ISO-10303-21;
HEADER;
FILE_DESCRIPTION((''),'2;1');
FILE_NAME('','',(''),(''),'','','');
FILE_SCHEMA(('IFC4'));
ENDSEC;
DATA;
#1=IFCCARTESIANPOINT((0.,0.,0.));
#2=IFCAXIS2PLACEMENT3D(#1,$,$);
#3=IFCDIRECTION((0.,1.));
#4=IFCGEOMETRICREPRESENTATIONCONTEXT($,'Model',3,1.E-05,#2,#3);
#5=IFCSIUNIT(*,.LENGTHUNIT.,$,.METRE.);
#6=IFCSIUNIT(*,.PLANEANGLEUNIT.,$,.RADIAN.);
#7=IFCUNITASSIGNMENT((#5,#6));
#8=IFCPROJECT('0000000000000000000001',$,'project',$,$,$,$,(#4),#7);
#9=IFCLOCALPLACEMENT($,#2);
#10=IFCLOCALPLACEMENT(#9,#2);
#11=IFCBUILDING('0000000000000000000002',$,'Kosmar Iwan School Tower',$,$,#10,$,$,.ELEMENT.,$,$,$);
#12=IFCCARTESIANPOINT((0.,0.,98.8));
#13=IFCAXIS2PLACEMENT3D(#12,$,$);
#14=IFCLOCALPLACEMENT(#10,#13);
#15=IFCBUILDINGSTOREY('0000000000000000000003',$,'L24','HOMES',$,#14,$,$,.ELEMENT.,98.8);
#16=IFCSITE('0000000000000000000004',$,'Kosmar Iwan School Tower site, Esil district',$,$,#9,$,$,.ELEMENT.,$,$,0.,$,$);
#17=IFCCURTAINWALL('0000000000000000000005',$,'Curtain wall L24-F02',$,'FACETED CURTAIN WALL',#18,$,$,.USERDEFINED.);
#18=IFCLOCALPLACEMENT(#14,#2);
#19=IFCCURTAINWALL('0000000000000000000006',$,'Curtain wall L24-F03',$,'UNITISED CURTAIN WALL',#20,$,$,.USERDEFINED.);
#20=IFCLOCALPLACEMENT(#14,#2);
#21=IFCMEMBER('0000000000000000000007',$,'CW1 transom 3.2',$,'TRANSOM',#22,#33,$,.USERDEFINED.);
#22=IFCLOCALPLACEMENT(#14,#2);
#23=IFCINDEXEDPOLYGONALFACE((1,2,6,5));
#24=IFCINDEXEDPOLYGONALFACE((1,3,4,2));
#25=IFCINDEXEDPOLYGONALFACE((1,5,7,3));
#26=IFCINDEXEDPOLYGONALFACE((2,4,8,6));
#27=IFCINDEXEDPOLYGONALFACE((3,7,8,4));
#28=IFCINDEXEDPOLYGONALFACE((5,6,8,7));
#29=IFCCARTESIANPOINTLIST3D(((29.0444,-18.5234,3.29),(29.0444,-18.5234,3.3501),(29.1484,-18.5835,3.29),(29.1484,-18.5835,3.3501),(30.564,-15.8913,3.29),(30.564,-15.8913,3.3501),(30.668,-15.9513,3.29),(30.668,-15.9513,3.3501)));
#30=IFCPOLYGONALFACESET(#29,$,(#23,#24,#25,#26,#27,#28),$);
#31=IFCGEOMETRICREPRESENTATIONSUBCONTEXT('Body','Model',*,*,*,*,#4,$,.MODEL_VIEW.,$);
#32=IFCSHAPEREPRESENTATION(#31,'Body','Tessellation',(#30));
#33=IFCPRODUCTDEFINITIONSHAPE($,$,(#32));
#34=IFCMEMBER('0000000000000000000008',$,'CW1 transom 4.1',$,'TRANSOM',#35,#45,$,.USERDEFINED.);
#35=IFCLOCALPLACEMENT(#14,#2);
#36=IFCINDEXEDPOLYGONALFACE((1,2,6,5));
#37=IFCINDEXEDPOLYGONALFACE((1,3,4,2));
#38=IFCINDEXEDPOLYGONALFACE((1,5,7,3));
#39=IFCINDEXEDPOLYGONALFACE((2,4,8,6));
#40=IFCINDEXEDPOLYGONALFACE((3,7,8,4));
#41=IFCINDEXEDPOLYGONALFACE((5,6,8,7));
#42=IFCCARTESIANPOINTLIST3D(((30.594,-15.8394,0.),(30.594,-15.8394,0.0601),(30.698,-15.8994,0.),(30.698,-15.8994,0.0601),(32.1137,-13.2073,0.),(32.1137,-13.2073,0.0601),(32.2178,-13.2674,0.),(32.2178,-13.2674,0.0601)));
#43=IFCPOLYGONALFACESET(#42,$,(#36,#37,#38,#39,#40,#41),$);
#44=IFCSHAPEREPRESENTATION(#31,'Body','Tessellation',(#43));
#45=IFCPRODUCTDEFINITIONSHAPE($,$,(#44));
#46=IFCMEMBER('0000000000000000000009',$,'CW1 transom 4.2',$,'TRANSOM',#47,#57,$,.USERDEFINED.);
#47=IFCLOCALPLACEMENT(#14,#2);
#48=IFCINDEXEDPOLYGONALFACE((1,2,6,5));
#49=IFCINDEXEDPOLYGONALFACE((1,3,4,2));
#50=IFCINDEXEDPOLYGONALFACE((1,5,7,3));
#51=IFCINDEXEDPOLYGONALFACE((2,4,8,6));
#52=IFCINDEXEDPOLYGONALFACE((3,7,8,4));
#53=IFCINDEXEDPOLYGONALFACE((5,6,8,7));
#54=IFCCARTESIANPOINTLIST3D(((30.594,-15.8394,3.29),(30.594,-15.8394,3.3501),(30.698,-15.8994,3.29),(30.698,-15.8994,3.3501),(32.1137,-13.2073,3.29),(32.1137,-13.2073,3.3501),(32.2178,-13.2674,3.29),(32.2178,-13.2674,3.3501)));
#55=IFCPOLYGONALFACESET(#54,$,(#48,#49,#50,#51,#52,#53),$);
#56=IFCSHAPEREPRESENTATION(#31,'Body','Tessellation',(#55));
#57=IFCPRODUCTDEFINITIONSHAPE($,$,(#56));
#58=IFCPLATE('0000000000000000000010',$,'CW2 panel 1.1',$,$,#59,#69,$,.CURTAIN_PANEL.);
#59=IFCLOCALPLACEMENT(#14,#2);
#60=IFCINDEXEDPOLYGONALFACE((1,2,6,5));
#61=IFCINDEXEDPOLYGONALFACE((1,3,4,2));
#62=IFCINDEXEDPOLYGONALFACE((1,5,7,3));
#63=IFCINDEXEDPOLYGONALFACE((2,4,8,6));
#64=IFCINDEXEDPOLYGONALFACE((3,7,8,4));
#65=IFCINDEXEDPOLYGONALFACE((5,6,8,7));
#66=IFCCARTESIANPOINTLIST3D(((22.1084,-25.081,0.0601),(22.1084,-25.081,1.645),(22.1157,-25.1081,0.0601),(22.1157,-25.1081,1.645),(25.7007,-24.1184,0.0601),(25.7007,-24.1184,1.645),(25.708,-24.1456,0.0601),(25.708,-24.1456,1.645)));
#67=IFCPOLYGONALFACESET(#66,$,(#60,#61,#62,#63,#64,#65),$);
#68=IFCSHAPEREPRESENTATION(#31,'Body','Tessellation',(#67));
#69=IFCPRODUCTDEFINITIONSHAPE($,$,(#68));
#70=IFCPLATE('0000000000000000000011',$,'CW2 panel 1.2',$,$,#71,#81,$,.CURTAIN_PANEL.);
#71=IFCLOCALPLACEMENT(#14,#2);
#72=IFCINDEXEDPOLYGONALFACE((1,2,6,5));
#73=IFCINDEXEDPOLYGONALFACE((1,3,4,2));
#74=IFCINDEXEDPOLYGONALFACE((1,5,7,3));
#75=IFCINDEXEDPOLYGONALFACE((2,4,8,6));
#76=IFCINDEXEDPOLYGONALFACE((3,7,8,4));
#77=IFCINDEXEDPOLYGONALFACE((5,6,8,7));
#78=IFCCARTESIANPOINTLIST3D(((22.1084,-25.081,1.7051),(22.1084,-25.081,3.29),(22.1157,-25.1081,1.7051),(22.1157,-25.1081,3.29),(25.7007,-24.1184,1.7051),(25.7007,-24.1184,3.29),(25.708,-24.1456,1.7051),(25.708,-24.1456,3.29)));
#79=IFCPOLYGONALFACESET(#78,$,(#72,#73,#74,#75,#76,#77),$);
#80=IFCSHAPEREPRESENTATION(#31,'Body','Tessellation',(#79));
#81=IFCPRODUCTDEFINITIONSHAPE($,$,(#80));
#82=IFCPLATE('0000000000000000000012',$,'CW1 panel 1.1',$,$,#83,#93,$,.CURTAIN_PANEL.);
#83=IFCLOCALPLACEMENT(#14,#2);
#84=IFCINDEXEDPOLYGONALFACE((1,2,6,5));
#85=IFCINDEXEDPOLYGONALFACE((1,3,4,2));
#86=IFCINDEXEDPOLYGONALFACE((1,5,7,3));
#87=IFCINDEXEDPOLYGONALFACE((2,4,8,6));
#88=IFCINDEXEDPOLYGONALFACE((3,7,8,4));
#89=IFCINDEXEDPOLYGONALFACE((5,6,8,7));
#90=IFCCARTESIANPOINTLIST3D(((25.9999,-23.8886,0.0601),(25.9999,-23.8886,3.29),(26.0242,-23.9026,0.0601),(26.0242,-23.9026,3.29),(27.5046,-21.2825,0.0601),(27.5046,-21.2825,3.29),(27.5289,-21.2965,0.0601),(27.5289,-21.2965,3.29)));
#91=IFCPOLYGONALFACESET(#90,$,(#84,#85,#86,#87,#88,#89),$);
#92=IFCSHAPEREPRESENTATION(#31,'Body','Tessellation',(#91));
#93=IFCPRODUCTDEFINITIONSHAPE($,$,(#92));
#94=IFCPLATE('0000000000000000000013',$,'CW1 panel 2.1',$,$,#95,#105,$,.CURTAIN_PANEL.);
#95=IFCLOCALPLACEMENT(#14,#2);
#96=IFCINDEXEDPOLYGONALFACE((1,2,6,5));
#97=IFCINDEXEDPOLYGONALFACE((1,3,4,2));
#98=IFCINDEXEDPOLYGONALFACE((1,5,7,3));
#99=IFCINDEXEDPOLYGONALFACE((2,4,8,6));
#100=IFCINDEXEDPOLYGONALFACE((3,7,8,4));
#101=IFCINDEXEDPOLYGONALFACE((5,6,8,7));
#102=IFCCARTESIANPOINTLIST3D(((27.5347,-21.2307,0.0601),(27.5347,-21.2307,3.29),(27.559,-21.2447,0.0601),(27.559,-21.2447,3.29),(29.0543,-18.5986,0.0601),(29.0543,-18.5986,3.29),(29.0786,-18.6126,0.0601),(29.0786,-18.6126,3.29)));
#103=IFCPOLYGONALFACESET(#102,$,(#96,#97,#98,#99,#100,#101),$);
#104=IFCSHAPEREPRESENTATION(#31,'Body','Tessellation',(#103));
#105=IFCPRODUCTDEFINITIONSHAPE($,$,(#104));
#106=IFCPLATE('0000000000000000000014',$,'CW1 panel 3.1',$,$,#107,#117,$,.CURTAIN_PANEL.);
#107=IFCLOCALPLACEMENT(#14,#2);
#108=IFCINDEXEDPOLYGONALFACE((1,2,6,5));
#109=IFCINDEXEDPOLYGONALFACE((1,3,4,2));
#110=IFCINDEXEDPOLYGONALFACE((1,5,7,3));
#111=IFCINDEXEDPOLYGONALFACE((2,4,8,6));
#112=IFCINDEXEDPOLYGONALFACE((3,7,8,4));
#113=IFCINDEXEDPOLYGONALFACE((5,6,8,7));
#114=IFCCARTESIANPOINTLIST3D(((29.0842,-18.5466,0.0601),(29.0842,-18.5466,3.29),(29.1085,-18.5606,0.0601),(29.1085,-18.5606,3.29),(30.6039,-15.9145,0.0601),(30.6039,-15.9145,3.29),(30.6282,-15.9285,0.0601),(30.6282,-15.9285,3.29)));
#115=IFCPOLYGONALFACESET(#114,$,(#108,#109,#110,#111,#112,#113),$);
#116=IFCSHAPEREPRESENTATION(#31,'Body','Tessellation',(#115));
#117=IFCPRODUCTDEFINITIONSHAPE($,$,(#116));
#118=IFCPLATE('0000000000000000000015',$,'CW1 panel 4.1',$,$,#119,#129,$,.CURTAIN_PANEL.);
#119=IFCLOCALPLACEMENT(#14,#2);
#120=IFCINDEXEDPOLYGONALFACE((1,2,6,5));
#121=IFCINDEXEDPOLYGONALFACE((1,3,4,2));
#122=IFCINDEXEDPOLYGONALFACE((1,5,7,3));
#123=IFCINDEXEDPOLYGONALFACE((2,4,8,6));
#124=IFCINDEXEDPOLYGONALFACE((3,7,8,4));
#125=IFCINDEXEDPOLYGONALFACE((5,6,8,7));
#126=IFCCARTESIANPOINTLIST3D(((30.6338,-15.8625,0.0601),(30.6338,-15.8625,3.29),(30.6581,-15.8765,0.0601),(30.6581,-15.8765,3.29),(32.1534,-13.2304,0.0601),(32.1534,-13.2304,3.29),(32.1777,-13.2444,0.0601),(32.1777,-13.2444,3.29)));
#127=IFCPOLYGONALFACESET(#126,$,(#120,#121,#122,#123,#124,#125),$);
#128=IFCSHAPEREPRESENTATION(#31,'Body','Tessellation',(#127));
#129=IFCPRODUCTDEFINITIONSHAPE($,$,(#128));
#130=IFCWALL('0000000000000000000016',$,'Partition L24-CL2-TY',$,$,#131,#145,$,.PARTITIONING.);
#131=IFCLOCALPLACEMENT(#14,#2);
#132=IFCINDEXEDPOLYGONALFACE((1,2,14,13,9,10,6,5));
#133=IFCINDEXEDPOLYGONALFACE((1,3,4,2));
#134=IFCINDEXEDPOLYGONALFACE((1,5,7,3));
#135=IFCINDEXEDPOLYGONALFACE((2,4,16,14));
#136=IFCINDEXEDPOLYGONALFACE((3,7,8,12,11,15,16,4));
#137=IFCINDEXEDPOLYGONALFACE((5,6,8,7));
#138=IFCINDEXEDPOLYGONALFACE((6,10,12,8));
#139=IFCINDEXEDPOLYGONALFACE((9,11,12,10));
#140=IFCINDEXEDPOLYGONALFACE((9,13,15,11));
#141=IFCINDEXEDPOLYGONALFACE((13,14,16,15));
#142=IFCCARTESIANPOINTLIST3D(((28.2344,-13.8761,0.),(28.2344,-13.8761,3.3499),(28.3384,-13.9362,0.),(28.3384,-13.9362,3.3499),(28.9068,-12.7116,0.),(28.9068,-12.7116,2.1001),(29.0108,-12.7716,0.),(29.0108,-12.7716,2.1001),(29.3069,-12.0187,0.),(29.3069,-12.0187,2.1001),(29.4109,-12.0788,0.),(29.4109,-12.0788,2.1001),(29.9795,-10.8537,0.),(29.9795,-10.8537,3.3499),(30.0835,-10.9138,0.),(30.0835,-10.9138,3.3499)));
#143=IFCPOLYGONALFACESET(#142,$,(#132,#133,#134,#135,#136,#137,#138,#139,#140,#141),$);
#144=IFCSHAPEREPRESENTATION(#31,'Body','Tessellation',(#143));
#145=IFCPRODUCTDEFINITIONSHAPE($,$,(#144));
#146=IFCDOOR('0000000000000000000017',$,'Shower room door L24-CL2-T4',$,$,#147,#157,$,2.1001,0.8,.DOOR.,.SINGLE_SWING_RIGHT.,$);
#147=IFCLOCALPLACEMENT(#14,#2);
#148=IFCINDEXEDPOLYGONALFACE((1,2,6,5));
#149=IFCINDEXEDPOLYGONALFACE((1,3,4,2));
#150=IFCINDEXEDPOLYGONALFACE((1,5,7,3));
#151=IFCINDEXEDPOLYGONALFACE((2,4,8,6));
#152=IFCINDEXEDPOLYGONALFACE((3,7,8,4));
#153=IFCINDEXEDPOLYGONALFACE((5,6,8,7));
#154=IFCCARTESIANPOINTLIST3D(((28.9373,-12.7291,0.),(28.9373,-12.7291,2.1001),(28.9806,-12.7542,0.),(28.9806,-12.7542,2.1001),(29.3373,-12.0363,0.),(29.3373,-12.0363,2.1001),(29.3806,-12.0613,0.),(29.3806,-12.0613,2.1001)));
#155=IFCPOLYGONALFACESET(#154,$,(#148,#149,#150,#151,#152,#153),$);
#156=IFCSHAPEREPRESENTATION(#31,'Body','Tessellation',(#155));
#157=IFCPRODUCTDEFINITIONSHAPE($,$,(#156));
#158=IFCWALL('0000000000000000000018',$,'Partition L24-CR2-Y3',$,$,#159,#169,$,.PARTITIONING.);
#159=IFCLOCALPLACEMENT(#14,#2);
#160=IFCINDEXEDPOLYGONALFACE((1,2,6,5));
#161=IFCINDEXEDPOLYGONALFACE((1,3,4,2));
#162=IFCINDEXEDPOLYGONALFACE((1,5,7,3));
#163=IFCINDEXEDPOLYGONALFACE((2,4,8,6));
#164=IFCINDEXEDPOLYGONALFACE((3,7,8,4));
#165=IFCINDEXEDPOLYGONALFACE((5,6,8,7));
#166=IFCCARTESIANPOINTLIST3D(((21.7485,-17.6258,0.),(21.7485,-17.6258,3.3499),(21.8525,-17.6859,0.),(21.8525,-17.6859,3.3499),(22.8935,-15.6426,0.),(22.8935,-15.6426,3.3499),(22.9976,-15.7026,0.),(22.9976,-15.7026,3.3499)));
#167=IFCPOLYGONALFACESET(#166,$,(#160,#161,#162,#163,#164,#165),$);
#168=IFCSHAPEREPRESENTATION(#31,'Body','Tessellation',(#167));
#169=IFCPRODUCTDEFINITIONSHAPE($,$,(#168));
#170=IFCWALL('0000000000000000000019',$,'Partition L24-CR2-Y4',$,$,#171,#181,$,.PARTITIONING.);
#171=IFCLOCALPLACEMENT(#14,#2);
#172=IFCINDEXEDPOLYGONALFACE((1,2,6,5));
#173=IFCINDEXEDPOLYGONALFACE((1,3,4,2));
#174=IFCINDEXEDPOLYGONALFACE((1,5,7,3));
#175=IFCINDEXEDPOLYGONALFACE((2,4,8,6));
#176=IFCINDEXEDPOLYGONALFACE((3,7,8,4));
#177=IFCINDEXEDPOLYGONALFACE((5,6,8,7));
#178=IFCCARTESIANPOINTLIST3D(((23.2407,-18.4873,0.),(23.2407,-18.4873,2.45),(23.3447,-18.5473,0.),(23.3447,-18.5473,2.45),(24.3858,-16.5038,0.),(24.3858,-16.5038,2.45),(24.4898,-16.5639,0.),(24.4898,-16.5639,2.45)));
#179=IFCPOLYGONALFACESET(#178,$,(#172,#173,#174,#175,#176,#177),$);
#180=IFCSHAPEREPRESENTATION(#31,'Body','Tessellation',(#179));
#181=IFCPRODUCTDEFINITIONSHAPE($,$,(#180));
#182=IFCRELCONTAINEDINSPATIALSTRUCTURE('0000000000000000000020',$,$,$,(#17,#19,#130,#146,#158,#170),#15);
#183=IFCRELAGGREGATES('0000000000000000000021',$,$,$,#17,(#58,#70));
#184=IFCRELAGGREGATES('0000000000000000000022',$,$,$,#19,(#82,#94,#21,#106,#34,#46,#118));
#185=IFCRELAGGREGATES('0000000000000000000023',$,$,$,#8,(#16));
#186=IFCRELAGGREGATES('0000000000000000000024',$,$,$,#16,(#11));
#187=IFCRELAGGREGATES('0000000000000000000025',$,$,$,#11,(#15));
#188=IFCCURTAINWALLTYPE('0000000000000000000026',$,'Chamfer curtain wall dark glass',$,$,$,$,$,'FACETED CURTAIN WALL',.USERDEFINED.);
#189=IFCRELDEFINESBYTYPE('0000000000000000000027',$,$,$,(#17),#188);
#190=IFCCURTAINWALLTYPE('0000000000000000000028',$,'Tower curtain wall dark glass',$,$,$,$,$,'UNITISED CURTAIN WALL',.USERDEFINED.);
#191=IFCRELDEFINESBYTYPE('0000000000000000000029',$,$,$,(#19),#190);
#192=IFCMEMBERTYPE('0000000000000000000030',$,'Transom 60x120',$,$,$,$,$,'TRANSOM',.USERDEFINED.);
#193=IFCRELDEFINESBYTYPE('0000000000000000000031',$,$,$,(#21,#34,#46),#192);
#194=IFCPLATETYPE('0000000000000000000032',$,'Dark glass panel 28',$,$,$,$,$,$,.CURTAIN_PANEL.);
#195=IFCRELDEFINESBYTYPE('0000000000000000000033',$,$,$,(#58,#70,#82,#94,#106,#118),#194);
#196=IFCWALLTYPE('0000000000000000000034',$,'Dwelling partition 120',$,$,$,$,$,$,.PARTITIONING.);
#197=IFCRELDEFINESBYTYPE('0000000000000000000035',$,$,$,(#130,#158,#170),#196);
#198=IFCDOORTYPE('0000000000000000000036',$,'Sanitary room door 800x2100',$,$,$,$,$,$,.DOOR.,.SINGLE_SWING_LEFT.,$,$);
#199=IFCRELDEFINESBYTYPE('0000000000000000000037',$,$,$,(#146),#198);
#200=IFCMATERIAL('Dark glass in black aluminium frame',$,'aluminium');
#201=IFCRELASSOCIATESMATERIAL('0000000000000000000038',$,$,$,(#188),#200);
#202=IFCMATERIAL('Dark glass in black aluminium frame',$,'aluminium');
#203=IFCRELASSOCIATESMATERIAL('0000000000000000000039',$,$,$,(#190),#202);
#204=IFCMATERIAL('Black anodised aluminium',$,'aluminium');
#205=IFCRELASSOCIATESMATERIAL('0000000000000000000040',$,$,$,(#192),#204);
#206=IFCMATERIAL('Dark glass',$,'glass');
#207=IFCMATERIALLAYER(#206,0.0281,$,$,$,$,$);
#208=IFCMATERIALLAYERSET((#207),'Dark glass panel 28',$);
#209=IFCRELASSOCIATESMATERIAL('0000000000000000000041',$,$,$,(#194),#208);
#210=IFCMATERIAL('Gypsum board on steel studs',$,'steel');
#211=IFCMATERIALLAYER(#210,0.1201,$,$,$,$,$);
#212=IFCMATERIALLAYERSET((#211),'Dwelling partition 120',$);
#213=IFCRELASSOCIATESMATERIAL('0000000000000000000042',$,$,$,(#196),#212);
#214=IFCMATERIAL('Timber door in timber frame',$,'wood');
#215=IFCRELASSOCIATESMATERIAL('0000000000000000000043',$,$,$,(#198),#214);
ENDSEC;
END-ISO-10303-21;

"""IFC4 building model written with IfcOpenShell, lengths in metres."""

from ifc_helpers import new_model, si_unit, direction, frame, frame_2d, origin, origin_2d, place, context, subcontext, project, spatial, rectangle, extrude, material, layer, layer_set, material_profile, profile_set, type_object, element, fill, aggregate, save


model = new_model("IFC4")

# Units and contexts
model_context = context("Model", 3, precision=1e-05, world=origin(), true_north=direction((0.0, 1.0)))
body_context = subcontext(model_context, "Body", "Model", "MODEL_VIEW")
ifc_project = project(units=[si_unit("LENGTHUNIT", "METRE"), si_unit("PLANEANGLEUNIT", "RADIAN")], contexts=[model_context])

# Site, building, storey
site_placement = place(None, origin())
site = spatial("IfcSite", under=ifc_project, at=site_placement, Name="Kosmar Iwan School Tower site, Esil district", CompositionType="ELEMENT", RefElevation=0.0)
building_placement = place(site_placement, origin())
building = spatial("IfcBuilding", under=site, at=building_placement, Name="Kosmar Iwan School Tower", CompositionType="ELEMENT")
storey_placement = place(building_placement, frame((0.0, 0.0, 98.8)))
storey = spatial("IfcBuildingStorey", under=building, at=storey_placement, Name="L24", Description="HOMES", CompositionType="ELEMENT", Elevation=98.8)

# Curtain wall
ifc_material_1 = material(Name="Dark glass in black aluminium frame", Category="aluminium")
curtain_wall_type_1 = type_object("IfcCurtainWallType", Name="Chamfer curtain wall dark glass", ElementType="FACETED CURTAIN WALL", PredefinedType="USERDEFINED", material=ifc_material_1)
curtain_wall_1_placement = place(storey_placement, origin())
curtain_wall_1 = element("IfcCurtainWall", 1, at=curtain_wall_1_placement, inside=storey, type_object=curtain_wall_type_1, Name="Curtain wall L24-F02", ObjectType="FACETED CURTAIN WALL", PredefinedType="USERDEFINED")

# Curtain wall
ifc_material_2 = material(Name="Dark glass in black aluminium frame", Category="aluminium")
curtain_wall_type_2 = type_object("IfcCurtainWallType", Name="Tower curtain wall dark glass", ElementType="UNITISED CURTAIN WALL", PredefinedType="USERDEFINED", material=ifc_material_2)
curtain_wall_2_placement = place(storey_placement, origin())
curtain_wall_2 = element("IfcCurtainWall", 2, at=curtain_wall_2_placement, inside=storey, type_object=curtain_wall_type_2, Name="Curtain wall L24-F03", ObjectType="UNITISED CURTAIN WALL", PredefinedType="USERDEFINED")

# Members
ifc_material_3 = material(Name="Black anodised aluminium", Category="aluminium")
ifc_material_profile_1 = material_profile(ifc_material_3, rectangle(XDim=0.1201, YDim=0.0601, at=origin_2d()), Name="TRANSOM 60x120")
ifc_profile_set_1 = profile_set([ifc_material_profile_1], Name="Black anodised aluminium")
member_type_1 = type_object("IfcMemberType", Name="Transom 60x120", ElementType="TRANSOM", PredefinedType="USERDEFINED", material=ifc_profile_set_1)
member_1_placement = place(storey_placement, frame((29.0964, -18.5535, 3.3201), z_axis=(0.499975, 0.86604, 0.0), x_axis=(-0.86604, 0.499975, 0.0)))
member_1 = element("IfcMember", 3, at=member_1_placement, type_object=member_type_1, Name="CW1 transom 3.2", ObjectType="TRANSOM", PredefinedType="USERDEFINED", context=body_context, shape_type="SweptSolid", body=[
    extrude(rectangle(XDim=0.1201, YDim=0.0601, at=origin_2d()), origin(), (0.0, 0.0, 1.0), 3.0393),
])
member_2_placement = place(storey_placement, frame((30.646, -15.8694, 0.03), z_axis=(0.500035, 0.866005, 0.0), x_axis=(-0.866005, 0.500035, 0.0)))
member_2 = element("IfcMember", 4, at=member_2_placement, type_object=member_type_1, Name="CW1 transom 4.1", ObjectType="TRANSOM", PredefinedType="USERDEFINED", context=body_context, shape_type="SweptSolid", body=[
    extrude(rectangle(XDim=0.1201, YDim=0.0601, at=origin_2d()), origin(), (0.0, 0.0, 1.0), 3.0393),
])
member_3_placement = place(storey_placement, frame((30.646, -15.8694, 3.3201), z_axis=(0.500035, 0.866005, 0.0), x_axis=(-0.866005, 0.500035, 0.0)))
member_3 = element("IfcMember", 5, at=member_3_placement, type_object=member_type_1, Name="CW1 transom 4.2", ObjectType="TRANSOM", PredefinedType="USERDEFINED", context=body_context, shape_type="SweptSolid", body=[
    extrude(rectangle(XDim=0.1201, YDim=0.0601, at=origin_2d()), origin(), (0.0, 0.0, 1.0), 3.0393),
])

# Plates
ifc_material_4 = material(Name="Dark glass", Category="glass")
ifc_layer_1 = layer(ifc_material_4, 0.0281)
ifc_layer_set_1 = layer_set([ifc_layer_1], Name="Dark glass panel 28")
plate_type = type_object("IfcPlateType", Name="Dark glass panel 28", PredefinedType="CURTAIN_PANEL", material=ifc_layer_set_1)
plate_1_placement = place(storey_placement, frame((23.9082, -24.6133, 0.0601), z_axis=(0.0, 0.0, 1.0), x_axis=(0.965926, 0.258819, 0.0)))
plate_1 = element("IfcPlate", 6, at=plate_1_placement, type_object=plate_type, Name="CW2 panel 1.1", PredefinedType="CURTAIN_PANEL", context=body_context, shape_type="SweptSolid", body=[
    extrude(rectangle(XDim=3.719, YDim=0.0281, at=origin_2d()), origin(), (0.0, 0.0, 1.0), 1.585),
])
plate_2_placement = place(storey_placement, frame((23.9082, -24.6133, 1.7051), z_axis=(0.0, 0.0, 1.0), x_axis=(0.965926, 0.258819, 0.0)))
plate_2 = element("IfcPlate", 7, at=plate_2_placement, type_object=plate_type, Name="CW2 panel 1.2", PredefinedType="CURTAIN_PANEL", context=body_context, shape_type="SweptSolid", body=[
    extrude(rectangle(XDim=3.719, YDim=0.0281, at=origin_2d()), origin(), (0.0, 0.0, 1.0), 1.585),
])
aggregate(curtain_wall_1, [plate_1, plate_2])
plate_3_placement = place(storey_placement, frame((26.7644, -22.5925, 0.0601), z_axis=(0.0, 0.0, 1.0), x_axis=(0.5, 0.866025, 0.0)))
plate_3 = element("IfcPlate", 8, at=plate_3_placement, type_object=plate_type, Name="CW1 panel 1.1", PredefinedType="CURTAIN_PANEL", context=body_context, shape_type="SweptSolid", body=[
    extrude(rectangle(XDim=3.0093, YDim=0.0281, at=origin_2d()), origin(), (0.0, 0.0, 1.0), 3.23),
])
plate_4_placement = place(storey_placement, frame((28.3066, -19.9216, 0.0601), z_axis=(0.0, 0.0, 1.0), x_axis=(0.5, 0.866025, 0.0)))
plate_4 = element("IfcPlate", 9, at=plate_4_placement, type_object=plate_type, Name="CW1 panel 2.1", PredefinedType="CURTAIN_PANEL", context=body_context, shape_type="SweptSolid", body=[
    extrude(rectangle(XDim=3.0393, YDim=0.0281, at=origin_2d()), origin(), (0.0, 0.0, 1.0), 3.23),
])
plate_5_placement = place(storey_placement, frame((29.8562, -17.2375, 0.0601), z_axis=(0.0, 0.0, 1.0), x_axis=(0.5, 0.866025, 0.0)))
plate_5 = element("IfcPlate", 10, at=plate_5_placement, type_object=plate_type, Name="CW1 panel 3.1", PredefinedType="CURTAIN_PANEL", context=body_context, shape_type="SweptSolid", body=[
    extrude(rectangle(XDim=3.0393, YDim=0.0281, at=origin_2d()), origin(), (0.0, 0.0, 1.0), 3.23),
])
plate_6_placement = place(storey_placement, frame((31.4058, -14.5535, 0.0601), z_axis=(0.0, 0.0, 1.0), x_axis=(0.5, 0.866025, 0.0)))
plate_6 = element("IfcPlate", 11, at=plate_6_placement, type_object=plate_type, Name="CW1 panel 4.1", PredefinedType="CURTAIN_PANEL", context=body_context, shape_type="SweptSolid", body=[
    extrude(rectangle(XDim=3.0393, YDim=0.0281, at=origin_2d()), origin(), (0.0, 0.0, 1.0), 3.23),
])
aggregate(curtain_wall_2, [plate_3, plate_4, member_1, plate_5, member_2, member_3, plate_6])

# Wall, opening, door
ifc_material_5 = material(Name="Gypsum board on steel studs", Category="steel")
ifc_layer_2 = layer(ifc_material_5, 0.1201)
ifc_layer_set_2 = layer_set([ifc_layer_2], Name="Dwelling partition 120")
wall_type = type_object("IfcWallType", Name="Dwelling partition 120", PredefinedType="PARTITIONING", material=ifc_layer_set_2)
wall_1_placement = place(storey_placement, frame((28.2864, -13.9062, 0.0), z_axis=(0.0, 0.0, 1.0), x_axis=(0.500021, 0.866013, 0.0)))
wall_1 = element("IfcWall", 12, at=wall_1_placement, inside=storey, type_object=wall_type, Name="Partition L24-CL2-TY", PredefinedType="PARTITIONING", context=body_context, shape_type="SweptSolid", body=[
    extrude(rectangle(XDim=3.49, YDim=0.1201, at=frame_2d((1.7451, 0.0))), origin(), (0.0, 0.0, 1.0), 3.3499),
])
opening_placement = place(wall_1_placement, frame((1.345, 0.0, 0.0)))
opening = element("IfcOpeningElement", 13, at=opening_placement, cuts=wall_1, PredefinedType="OPENING", context=body_context, shape_type="SweptSolid", body=[
    extrude(rectangle(XDim=0.8, YDim=2.1001, at=frame_2d((0.3999, 1.05))), frame((0.0, 0.072, 0.0), z_axis=(0.0, -1.0, 0.0), x_axis=(1.0, 0.0, 0.0)), (0.0, 0.0, 1.0), 0.144),
])
ifc_material_6 = material(Name="Timber door in timber frame", Category="wood")
door_type = type_object("IfcDoorType", Name="Sanitary room door 800x2100", OperationType="SINGLE_SWING_LEFT", PredefinedType="DOOR", material=ifc_material_6)
door_placement = place(opening_placement, origin())
door = element("IfcDoor", 14, at=door_placement, inside=storey, type_object=door_type, Name="Shower room door L24-CL2-T4", OperationType="SINGLE_SWING_RIGHT", OverallHeight=2.1001, OverallWidth=0.8, PredefinedType="DOOR", context=body_context, shape_type="SweptSolid", body=[
    extrude(rectangle(XDim=0.8, YDim=2.1001, at=frame_2d((0.3999, 1.05))), frame((0.0, 0.0249, 0.0), z_axis=(0.0, -1.0, 0.0), x_axis=(1.0, 0.0, 0.0)), (0.0, 0.0, 1.0), 0.05),
])
fill(opening, door)

# Walls
wall_2_placement = place(storey_placement, frame((22.9456, -15.6726, 0.0), z_axis=(0.0, 0.0, 1.0), x_axis=(-0.500015, -0.866017, 0.0)))
element("IfcWall", 15, at=wall_2_placement, inside=storey, type_object=wall_type, Name="Partition L24-CR2-Y3", PredefinedType="PARTITIONING", context=body_context, shape_type="SweptSolid", body=[
    extrude(rectangle(XDim=2.29, YDim=0.1201, at=frame_2d((1.145, 0.0))), origin(), (0.0, 0.0, 1.0), 3.3499),
])
wall_3_placement = place(storey_placement, frame((24.4377, -16.5339, 0.0), z_axis=(0.0, 0.0, 1.0), x_axis=(-0.499969, -0.866044, 0.0)))
element("IfcWall", 16, at=wall_3_placement, inside=storey, type_object=wall_type, Name="Partition L24-CR2-Y4", PredefinedType="PARTITIONING", context=body_context, shape_type="SweptSolid", body=[
    extrude(rectangle(XDim=2.2903, YDim=0.1201, at=frame_2d((1.145, 0.0))), origin(), (0.0, 0.0, 1.0), 2.45),
])

save(model, "model.ifc")
